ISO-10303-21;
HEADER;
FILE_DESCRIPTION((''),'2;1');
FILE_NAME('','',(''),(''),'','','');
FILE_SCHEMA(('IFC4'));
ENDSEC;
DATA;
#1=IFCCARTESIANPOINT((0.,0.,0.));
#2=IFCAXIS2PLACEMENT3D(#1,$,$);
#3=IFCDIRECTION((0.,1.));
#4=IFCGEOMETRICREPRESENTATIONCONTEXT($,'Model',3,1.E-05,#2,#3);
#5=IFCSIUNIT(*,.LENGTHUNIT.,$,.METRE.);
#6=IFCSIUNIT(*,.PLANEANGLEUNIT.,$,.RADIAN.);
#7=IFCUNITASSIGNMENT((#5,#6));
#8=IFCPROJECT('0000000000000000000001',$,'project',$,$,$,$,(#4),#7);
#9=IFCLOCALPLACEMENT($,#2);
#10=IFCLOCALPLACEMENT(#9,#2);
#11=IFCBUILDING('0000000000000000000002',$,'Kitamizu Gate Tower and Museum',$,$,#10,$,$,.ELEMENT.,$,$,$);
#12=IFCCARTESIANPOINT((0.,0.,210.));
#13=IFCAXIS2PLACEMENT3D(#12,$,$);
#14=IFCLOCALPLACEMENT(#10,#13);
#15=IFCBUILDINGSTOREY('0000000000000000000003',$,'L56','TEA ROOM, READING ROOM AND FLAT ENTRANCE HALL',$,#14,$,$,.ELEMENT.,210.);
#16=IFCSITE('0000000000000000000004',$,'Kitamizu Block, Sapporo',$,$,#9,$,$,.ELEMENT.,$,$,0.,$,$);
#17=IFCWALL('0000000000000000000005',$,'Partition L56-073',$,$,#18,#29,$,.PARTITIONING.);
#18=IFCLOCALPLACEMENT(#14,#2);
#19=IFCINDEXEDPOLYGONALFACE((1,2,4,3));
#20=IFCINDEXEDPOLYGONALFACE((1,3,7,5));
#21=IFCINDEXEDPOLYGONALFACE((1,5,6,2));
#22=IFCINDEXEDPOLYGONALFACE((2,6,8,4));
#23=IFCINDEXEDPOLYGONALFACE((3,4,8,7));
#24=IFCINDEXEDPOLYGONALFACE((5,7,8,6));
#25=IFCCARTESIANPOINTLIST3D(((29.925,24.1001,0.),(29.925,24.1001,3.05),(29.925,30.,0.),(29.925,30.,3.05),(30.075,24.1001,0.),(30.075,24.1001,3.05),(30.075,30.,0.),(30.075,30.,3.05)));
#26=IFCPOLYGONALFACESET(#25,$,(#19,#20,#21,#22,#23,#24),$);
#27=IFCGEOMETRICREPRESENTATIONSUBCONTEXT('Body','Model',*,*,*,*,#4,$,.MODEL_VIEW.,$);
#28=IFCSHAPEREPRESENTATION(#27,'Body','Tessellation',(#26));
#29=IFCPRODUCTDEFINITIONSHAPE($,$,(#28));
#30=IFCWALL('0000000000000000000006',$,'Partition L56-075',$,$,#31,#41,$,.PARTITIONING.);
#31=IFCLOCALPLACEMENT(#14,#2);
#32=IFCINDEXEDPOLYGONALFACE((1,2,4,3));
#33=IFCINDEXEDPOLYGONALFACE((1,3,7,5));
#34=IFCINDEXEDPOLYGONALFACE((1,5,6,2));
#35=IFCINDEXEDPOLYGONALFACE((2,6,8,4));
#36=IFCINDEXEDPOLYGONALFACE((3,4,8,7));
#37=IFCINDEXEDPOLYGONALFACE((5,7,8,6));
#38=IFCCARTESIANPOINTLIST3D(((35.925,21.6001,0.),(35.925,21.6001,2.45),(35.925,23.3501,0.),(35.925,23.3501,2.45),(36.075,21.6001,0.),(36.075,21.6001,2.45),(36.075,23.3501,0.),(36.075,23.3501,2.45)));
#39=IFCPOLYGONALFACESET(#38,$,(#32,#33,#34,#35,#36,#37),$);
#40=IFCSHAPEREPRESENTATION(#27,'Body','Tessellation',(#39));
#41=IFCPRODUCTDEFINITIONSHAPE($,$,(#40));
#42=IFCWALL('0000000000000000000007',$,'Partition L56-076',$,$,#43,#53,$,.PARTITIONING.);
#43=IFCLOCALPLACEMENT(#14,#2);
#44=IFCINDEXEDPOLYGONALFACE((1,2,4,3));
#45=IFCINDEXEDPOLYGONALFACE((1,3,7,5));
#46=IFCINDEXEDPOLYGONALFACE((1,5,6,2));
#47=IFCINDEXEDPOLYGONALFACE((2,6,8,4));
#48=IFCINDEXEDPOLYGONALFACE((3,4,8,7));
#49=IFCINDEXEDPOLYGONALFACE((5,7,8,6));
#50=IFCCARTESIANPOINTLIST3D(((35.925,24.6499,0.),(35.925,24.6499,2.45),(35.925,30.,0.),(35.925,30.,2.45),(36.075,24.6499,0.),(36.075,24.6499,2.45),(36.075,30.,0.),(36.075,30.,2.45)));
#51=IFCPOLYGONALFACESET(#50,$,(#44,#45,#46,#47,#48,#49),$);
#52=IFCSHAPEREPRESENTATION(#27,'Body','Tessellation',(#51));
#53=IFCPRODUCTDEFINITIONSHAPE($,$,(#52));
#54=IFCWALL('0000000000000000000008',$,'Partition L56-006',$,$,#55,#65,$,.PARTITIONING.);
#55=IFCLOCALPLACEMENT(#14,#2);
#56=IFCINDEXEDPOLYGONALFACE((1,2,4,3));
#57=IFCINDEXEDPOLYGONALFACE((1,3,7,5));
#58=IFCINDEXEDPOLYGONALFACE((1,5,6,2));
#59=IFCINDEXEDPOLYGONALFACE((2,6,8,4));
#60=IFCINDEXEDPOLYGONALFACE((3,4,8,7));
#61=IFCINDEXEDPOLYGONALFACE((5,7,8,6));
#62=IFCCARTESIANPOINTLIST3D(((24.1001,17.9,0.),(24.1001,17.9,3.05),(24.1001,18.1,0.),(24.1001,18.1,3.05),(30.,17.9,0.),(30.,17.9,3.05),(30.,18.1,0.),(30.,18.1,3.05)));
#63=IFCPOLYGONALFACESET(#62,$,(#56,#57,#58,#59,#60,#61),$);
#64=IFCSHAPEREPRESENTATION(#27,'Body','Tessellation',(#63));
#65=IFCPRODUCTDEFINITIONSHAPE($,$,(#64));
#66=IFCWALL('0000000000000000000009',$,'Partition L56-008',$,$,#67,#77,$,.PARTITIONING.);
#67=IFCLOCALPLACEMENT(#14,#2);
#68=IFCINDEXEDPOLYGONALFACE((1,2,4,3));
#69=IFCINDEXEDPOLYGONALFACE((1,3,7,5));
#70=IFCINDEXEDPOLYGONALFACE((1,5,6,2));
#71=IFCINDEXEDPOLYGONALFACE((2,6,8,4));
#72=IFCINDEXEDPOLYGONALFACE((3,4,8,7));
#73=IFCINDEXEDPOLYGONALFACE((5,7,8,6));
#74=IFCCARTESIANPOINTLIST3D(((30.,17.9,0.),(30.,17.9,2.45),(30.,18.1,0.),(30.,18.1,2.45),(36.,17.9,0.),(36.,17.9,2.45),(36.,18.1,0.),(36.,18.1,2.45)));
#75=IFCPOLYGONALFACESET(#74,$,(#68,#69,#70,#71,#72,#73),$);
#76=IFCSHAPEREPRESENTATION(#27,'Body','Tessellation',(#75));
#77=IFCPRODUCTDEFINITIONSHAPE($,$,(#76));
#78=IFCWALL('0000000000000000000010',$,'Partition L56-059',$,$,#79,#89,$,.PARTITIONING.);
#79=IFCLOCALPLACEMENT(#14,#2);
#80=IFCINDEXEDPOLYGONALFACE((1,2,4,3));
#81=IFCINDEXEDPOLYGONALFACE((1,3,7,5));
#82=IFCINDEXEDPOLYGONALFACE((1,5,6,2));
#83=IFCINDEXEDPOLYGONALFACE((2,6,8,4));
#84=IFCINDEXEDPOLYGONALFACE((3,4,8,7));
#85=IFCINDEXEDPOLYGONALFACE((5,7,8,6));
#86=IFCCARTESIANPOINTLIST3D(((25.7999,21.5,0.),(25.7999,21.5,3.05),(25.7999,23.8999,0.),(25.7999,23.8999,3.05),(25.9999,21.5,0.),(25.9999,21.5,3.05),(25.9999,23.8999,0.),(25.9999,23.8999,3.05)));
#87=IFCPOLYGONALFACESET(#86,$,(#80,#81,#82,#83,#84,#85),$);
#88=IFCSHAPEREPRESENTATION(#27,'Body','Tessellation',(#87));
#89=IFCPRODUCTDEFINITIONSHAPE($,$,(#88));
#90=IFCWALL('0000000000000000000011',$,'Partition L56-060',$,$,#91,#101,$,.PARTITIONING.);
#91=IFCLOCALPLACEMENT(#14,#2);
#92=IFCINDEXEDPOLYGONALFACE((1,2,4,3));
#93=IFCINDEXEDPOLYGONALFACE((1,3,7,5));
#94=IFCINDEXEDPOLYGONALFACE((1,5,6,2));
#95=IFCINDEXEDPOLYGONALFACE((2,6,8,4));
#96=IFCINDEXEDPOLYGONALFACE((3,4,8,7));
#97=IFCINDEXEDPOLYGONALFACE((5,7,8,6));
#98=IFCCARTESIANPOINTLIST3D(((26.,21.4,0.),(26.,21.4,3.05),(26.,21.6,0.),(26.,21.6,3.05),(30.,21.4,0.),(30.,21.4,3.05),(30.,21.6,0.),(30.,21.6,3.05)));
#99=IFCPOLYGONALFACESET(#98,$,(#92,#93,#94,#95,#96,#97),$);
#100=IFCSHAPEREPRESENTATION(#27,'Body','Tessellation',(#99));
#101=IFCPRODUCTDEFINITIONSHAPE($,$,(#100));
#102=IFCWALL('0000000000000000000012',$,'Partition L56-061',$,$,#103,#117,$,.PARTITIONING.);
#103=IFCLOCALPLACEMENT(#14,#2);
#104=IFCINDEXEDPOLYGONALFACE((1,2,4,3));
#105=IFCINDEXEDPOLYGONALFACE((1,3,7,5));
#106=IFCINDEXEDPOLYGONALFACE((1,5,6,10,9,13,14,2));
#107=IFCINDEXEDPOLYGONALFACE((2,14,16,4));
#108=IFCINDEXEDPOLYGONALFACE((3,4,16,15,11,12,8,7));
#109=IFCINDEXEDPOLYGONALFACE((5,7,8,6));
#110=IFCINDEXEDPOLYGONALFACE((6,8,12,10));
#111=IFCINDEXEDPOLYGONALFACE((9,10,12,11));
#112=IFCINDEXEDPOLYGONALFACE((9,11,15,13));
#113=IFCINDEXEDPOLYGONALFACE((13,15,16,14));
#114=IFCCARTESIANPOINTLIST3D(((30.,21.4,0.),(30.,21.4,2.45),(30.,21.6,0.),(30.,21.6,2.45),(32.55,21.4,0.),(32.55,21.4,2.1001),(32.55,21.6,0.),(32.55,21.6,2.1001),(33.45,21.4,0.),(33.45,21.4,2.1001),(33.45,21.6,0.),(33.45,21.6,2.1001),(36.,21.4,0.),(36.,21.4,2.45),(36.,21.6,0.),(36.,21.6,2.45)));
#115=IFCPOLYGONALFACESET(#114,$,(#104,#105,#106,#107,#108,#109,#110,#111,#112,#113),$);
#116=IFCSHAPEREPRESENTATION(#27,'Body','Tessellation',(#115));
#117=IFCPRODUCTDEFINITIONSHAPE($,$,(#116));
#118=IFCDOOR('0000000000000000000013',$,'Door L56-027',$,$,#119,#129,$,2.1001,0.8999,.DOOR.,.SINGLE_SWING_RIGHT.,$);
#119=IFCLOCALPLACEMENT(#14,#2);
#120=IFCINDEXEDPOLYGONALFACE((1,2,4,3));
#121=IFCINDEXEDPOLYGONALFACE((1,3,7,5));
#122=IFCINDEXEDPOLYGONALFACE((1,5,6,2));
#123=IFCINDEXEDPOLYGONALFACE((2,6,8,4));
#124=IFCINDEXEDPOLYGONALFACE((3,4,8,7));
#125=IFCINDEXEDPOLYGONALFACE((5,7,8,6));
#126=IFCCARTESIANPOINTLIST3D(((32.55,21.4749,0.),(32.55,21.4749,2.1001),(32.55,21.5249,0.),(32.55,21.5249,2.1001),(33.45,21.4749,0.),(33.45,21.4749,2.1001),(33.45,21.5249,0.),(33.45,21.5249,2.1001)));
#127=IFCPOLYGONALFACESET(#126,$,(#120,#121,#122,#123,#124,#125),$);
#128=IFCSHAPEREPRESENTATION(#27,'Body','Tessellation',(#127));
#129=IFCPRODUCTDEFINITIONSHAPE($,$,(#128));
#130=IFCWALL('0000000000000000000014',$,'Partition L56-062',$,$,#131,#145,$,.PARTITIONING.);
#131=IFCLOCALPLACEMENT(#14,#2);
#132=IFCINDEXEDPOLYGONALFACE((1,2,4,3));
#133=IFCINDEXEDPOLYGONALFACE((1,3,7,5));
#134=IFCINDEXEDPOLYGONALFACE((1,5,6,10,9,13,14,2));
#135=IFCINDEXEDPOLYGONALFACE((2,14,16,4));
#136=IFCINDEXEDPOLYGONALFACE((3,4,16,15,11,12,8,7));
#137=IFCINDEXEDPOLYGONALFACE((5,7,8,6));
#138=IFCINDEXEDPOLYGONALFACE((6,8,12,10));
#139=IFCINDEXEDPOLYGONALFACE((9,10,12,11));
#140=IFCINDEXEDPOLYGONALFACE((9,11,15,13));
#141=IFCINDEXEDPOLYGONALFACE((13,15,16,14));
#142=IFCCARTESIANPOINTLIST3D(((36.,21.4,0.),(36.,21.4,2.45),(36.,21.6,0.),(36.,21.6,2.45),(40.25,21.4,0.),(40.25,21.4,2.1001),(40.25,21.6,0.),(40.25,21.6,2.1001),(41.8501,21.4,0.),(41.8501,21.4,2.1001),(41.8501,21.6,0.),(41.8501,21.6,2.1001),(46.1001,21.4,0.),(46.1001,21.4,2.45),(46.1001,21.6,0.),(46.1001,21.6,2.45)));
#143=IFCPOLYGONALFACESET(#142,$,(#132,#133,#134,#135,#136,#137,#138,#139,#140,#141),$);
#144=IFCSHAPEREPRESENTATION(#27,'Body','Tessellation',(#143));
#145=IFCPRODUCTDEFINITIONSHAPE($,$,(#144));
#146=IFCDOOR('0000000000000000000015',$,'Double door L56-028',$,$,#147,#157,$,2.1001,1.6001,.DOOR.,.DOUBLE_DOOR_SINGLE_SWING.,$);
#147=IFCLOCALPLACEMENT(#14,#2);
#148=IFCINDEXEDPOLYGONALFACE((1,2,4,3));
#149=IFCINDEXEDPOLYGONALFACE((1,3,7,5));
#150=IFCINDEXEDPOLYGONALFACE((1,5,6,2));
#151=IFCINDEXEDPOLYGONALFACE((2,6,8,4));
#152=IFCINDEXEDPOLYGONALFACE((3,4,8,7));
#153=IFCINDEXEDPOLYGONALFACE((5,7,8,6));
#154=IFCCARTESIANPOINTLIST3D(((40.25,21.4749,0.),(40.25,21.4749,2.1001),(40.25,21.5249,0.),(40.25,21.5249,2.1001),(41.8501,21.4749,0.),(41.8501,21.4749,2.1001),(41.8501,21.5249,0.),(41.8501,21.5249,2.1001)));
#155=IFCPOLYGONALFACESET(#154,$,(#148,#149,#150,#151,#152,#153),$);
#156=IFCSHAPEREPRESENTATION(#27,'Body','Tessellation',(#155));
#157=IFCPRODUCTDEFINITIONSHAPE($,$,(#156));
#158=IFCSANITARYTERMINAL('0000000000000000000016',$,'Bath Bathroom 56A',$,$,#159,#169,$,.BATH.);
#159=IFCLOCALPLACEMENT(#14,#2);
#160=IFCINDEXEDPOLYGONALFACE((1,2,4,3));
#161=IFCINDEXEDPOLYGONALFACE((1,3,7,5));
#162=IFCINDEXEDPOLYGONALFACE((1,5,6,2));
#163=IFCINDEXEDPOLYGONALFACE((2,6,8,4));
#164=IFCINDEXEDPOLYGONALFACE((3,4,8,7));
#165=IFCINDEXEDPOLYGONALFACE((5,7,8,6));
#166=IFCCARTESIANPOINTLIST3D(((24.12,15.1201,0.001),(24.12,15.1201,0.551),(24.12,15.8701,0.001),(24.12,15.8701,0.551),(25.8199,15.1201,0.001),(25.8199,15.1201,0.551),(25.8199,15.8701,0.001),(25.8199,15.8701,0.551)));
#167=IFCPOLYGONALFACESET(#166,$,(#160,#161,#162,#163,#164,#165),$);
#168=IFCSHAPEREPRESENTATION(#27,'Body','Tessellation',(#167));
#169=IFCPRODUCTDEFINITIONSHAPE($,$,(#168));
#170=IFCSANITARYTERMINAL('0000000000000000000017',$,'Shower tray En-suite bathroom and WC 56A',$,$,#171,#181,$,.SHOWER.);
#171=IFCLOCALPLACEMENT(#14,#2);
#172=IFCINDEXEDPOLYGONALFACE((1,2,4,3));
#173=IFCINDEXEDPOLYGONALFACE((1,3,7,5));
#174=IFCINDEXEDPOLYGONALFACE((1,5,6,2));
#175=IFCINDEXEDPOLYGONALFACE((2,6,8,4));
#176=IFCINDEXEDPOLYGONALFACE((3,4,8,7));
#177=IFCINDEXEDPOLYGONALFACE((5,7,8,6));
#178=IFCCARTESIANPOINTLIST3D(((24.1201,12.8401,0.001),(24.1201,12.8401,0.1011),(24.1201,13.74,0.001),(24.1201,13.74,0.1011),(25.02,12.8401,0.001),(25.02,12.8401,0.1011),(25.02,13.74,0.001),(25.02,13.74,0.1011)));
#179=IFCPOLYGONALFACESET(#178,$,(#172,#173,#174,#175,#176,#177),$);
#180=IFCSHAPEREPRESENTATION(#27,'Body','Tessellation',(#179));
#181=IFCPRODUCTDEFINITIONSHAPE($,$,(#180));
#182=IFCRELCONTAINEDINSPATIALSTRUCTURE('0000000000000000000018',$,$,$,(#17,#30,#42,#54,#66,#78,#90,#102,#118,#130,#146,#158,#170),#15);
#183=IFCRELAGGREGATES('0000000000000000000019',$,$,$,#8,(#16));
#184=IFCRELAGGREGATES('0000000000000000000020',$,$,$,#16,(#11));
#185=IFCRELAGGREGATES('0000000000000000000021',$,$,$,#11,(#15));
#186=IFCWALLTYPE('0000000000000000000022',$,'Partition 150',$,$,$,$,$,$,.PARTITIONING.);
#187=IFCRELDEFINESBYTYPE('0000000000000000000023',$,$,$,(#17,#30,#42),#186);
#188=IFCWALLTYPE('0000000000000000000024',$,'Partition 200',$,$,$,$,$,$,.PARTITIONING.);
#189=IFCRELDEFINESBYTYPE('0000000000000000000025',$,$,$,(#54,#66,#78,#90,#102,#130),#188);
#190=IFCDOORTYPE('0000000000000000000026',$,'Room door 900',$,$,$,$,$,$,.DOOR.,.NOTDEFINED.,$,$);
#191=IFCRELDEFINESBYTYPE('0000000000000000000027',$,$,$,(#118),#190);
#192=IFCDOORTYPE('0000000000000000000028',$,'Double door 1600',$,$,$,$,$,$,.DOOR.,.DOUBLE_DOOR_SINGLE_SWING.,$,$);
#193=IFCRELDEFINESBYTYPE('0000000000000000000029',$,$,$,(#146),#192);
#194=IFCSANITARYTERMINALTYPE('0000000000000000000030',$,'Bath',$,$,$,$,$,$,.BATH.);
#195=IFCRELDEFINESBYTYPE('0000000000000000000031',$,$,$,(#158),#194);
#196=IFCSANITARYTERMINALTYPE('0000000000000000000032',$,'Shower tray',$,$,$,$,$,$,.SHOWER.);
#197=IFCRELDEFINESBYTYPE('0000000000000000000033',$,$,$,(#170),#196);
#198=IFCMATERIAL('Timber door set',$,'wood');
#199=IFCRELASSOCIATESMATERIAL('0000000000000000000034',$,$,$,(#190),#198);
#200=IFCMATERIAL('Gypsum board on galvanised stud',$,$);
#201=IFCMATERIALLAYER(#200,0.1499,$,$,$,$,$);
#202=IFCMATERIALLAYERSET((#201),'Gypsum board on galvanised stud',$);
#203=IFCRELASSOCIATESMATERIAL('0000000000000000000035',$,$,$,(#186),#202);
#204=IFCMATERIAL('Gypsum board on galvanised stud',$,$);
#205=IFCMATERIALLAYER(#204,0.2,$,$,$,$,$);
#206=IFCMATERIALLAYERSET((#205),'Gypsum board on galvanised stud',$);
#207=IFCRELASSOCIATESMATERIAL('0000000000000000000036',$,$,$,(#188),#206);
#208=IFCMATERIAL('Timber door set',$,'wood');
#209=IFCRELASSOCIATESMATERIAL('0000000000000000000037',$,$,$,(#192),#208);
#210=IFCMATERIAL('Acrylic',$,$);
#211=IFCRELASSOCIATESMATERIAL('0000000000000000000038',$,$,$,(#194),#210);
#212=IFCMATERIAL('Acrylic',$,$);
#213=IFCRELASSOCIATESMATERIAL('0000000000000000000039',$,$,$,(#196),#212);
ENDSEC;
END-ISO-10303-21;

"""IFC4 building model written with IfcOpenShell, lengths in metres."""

from ifc_helpers import new_model, si_unit, direction, frame, frame_2d, origin, origin_2d, place, context, subcontext, project, spatial, rectangle, extrude, material, layer, layer_set, type_object, element, fill, save


model = new_model("IFC4")

# Units and contexts
model_context = context("Model", 3, precision=1e-05, world=origin(), true_north=direction((0.0, 1.0)))
body_context = subcontext(model_context, "Body", "Model", "MODEL_VIEW")
ifc_project = project(units=[si_unit("LENGTHUNIT", "METRE"), si_unit("PLANEANGLEUNIT", "RADIAN")], contexts=[model_context])

# Site, building, storey
site_placement = place(None, origin())
site = spatial("IfcSite", under=ifc_project, at=site_placement, Name="Kitamizu Block, Sapporo", CompositionType="ELEMENT", RefElevation=0.0)
building_placement = place(site_placement, origin())
building = spatial("IfcBuilding", under=site, at=building_placement, Name="Kitamizu Gate Tower and Museum", CompositionType="ELEMENT")
storey_placement = place(building_placement, frame((0.0, 0.0, 210.0)))
storey = spatial("IfcBuildingStorey", under=building, at=storey_placement, Name="L56", Description="TEA ROOM, READING ROOM AND FLAT ENTRANCE HALL", CompositionType="ELEMENT", Elevation=210.0)

# Shared definitions
ifc_material_1 = material(Name="Timber door set", Category="wood")
door_type_1 = type_object("IfcDoorType", Name="Room door 900", OperationType="NOTDEFINED", PredefinedType="DOOR", material=ifc_material_1)

# Shared definitions
ifc_material_2 = material(Name="Gypsum board on galvanised stud")
ifc_layer_1 = layer(ifc_material_2, 0.1499)
ifc_layer_set_1 = layer_set([ifc_layer_1], Name="Gypsum board on galvanised stud")
wall_type_1 = type_object("IfcWallType", Name="Partition 150", PredefinedType="PARTITIONING", material=ifc_layer_set_1)

# Walls
wall_1_placement = place(storey_placement, frame((30.0, 24.1001, 0.0), z_axis=(0.0, 0.0, 1.0), x_axis=(0.0, 1.0, 0.0)))
element("IfcWall", 1, at=wall_1_placement, inside=storey, type_object=wall_type_1, Name="Partition L56-073", PredefinedType="PARTITIONING", context=body_context, shape_type="SweptSolid", body=[
    extrude(rectangle(XDim=5.8999, YDim=0.1499, at=frame_2d((2.95, 0.0))), origin(), (0.0, 0.0, 1.0), 3.05),
])
wall_2_placement = place(storey_placement, frame((36.0, 21.6001, 0.0), z_axis=(0.0, 0.0, 1.0), x_axis=(0.0, 1.0, 0.0)))
element("IfcWall", 2, at=wall_2_placement, inside=storey, type_object=wall_type_1, Name="Partition L56-075", PredefinedType="PARTITIONING", context=body_context, shape_type="SweptSolid", body=[
    extrude(rectangle(XDim=1.75, YDim=0.1499, at=frame_2d((0.875, 0.0))), origin(), (0.0, 0.0, 1.0), 2.45),
])
wall_3_placement = place(storey_placement, frame((36.0, 24.6499, 0.0), z_axis=(0.0, 0.0, 1.0), x_axis=(0.0, 1.0, 0.0)))
element("IfcWall", 3, at=wall_3_placement, inside=storey, type_object=wall_type_1, Name="Partition L56-076", PredefinedType="PARTITIONING", context=body_context, shape_type="SweptSolid", body=[
    extrude(rectangle(XDim=5.3501, YDim=0.1499, at=frame_2d((2.675, 0.0))), origin(), (0.0, 0.0, 1.0), 2.45),
])
ifc_material_3 = material(Name="Gypsum board on galvanised stud")
ifc_layer_2 = layer(ifc_material_3, 0.2)
ifc_layer_set_2 = layer_set([ifc_layer_2], Name="Gypsum board on galvanised stud")
wall_type_2 = type_object("IfcWallType", Name="Partition 200", PredefinedType="PARTITIONING", material=ifc_layer_set_2)
wall_4_placement = place(storey_placement, frame((30.0, 18.0, 0.0), z_axis=(0.0, 0.0, 1.0), x_axis=(-1.0, 0.0, 0.0)))
element("IfcWall", 4, at=wall_4_placement, inside=storey, type_object=wall_type_2, Name="Partition L56-006", PredefinedType="PARTITIONING", context=body_context, shape_type="SweptSolid", body=[
    extrude(rectangle(XDim=5.8999, YDim=0.2, at=frame_2d((2.95, 0.0))), origin(), (0.0, 0.0, 1.0), 3.05),
])
wall_5_placement = place(storey_placement, frame((36.0, 18.0, 0.0), z_axis=(0.0, 0.0, 1.0), x_axis=(-1.0, 0.0, 0.0)))
element("IfcWall", 5, at=wall_5_placement, inside=storey, type_object=wall_type_2, Name="Partition L56-008", PredefinedType="PARTITIONING", context=body_context, shape_type="SweptSolid", body=[
    extrude(rectangle(XDim=6.0, YDim=0.2, at=frame_2d((3.0, 0.0))), origin(), (0.0, 0.0, 1.0), 2.45),
])
wall_6_placement = place(storey_placement, frame((25.8999, 23.8999, 0.0), z_axis=(0.0, 0.0, 1.0), x_axis=(0.0, -1.0, 0.0)))
element("IfcWall", 6, at=wall_6_placement, inside=storey, type_object=wall_type_2, Name="Partition L56-059", PredefinedType="PARTITIONING", context=body_context, shape_type="SweptSolid", body=[
    extrude(rectangle(XDim=2.3999, YDim=0.2, at=frame_2d((1.2, 0.0))), origin(), (0.0, 0.0, 1.0), 3.05),
])
wall_7_placement = place(storey_placement, frame((26.0, 21.5, 0.0), z_axis=(0.0, 0.0, 1.0), x_axis=(1.0, 0.0, 0.0)))
element("IfcWall", 7, at=wall_7_placement, inside=storey, type_object=wall_type_2, Name="Partition L56-060", PredefinedType="PARTITIONING", context=body_context, shape_type="SweptSolid", body=[
    extrude(rectangle(XDim=4.0, YDim=0.2, at=frame_2d((2.0, 0.0))), origin(), (0.0, 0.0, 1.0), 3.05),
])

# Walls, openings, doors
wall_8_placement = place(storey_placement, frame((30.0, 21.5, 0.0), z_axis=(0.0, 0.0, 1.0), x_axis=(1.0, 0.0, 0.0)))
wall_8 = element("IfcWall", 8, at=wall_8_placement, inside=storey, type_object=wall_type_2, Name="Partition L56-061", PredefinedType="PARTITIONING", context=body_context, shape_type="SweptSolid", body=[
    extrude(rectangle(XDim=6.0, YDim=0.2, at=frame_2d((3.0, 0.0))), origin(), (0.0, 0.0, 1.0), 2.45),
])
opening_1_placement = place(wall_8_placement, frame((2.55, 0.0, 0.0)))
opening_1 = element("IfcOpeningElement", 9, at=opening_1_placement, cuts=wall_8, PredefinedType="OPENING", context=body_context, shape_type="SweptSolid", body=[
    extrude(rectangle(XDim=0.8999, YDim=2.1001, at=frame_2d((0.45, 1.05))), frame((0.0, 0.1099, 0.0), z_axis=(0.0, -1.0, 0.0), x_axis=(1.0, 0.0, 0.0)), (0.0, 0.0, 1.0), 0.22),
])
door_1_placement = place(opening_1_placement, origin())
door_1 = element("IfcDoor", 10, at=door_1_placement, inside=storey, type_object=door_type_1, Name="Door L56-027", OperationType="SINGLE_SWING_RIGHT", OverallHeight=2.1001, OverallWidth=0.8999, PredefinedType="DOOR", context=body_context, shape_type="SweptSolid", body=[
    extrude(rectangle(XDim=0.8999, YDim=2.1001, at=frame_2d((0.45, 1.05))), frame((0.0, 0.0249, 0.0), z_axis=(0.0, -1.0, 0.0), x_axis=(1.0, 0.0, 0.0)), (0.0, 0.0, 1.0), 0.05),
])
fill(opening_1, door_1)
wall_9_placement = place(storey_placement, frame((36.0, 21.5, 0.0), z_axis=(0.0, 0.0, 1.0), x_axis=(1.0, 0.0, 0.0)))
wall_9 = element("IfcWall", 11, at=wall_9_placement, inside=storey, type_object=wall_type_2, Name="Partition L56-062", PredefinedType="PARTITIONING", context=body_context, shape_type="SweptSolid", body=[
    extrude(rectangle(XDim=10.1001, YDim=0.2, at=frame_2d((5.05, 0.0))), origin(), (0.0, 0.0, 1.0), 2.45),
])
opening_2_placement = place(wall_9_placement, frame((4.25, 0.0, 0.0)))
opening_2 = element("IfcOpeningElement", 12, at=opening_2_placement, cuts=wall_9, PredefinedType="OPENING", context=body_context, shape_type="SweptSolid", body=[
    extrude(rectangle(XDim=1.6001, YDim=2.1001, at=frame_2d((0.8, 1.05))), frame((0.0, 0.1099, 0.0), z_axis=(0.0, -1.0, 0.0), x_axis=(1.0, 0.0, 0.0)), (0.0, 0.0, 1.0), 0.22),
])
ifc_material_4 = material(Name="Timber door set", Category="wood")
door_type_2 = type_object("IfcDoorType", Name="Double door 1600", OperationType="DOUBLE_DOOR_SINGLE_SWING", PredefinedType="DOOR", material=ifc_material_4)
door_2_placement = place(opening_2_placement, origin())
door_2 = element("IfcDoor", 13, at=door_2_placement, inside=storey, type_object=door_type_2, Name="Double door L56-028", OperationType="DOUBLE_DOOR_SINGLE_SWING", OverallHeight=2.1001, OverallWidth=1.6001, PredefinedType="DOOR", context=body_context, shape_type="SweptSolid", body=[
    extrude(rectangle(XDim=1.6001, YDim=2.1001, at=frame_2d((0.8, 1.05))), frame((0.0, 0.0249, 0.0), z_axis=(0.0, -1.0, 0.0), x_axis=(1.0, 0.0, 0.0)), (0.0, 0.0, 1.0), 0.05),
])
fill(opening_2, door_2)

# Sanitary terminals
ifc_material_5 = material(Name="Acrylic")
sanitary_terminal_type_1 = type_object("IfcSanitaryTerminalType", Name="Bath", PredefinedType="BATH", material=ifc_material_5)
sanitary_terminal_1_placement = place(storey_placement, frame((24.97, 15.4951, 0.001), z_axis=(0.0, 0.0, 1.0), x_axis=(1.0, 0.0, 0.0)))
element("IfcSanitaryTerminal", 14, at=sanitary_terminal_1_placement, inside=storey, type_object=sanitary_terminal_type_1, Name="Bath Bathroom 56A", PredefinedType="BATH", context=body_context, shape_type="SweptSolid", body=[
    extrude(rectangle(XDim=1.7, YDim=0.75, at=origin_2d()), origin(), (0.0, 0.0, 1.0), 0.55),
])
ifc_material_6 = material(Name="Acrylic")
sanitary_terminal_type_2 = type_object("IfcSanitaryTerminalType", Name="Shower tray", PredefinedType="SHOWER", material=ifc_material_6)
sanitary_terminal_2_placement = place(storey_placement, frame((24.5701, 13.29, 0.001), z_axis=(0.0, 0.0, 1.0), x_axis=(1.0, 0.0, 0.0)))
element("IfcSanitaryTerminal", 15, at=sanitary_terminal_2_placement, inside=storey, type_object=sanitary_terminal_type_2, Name="Shower tray En-suite bathroom and WC 56A", PredefinedType="SHOWER", context=body_context, shape_type="SweptSolid", body=[
    extrude(rectangle(XDim=0.8999, YDim=0.8999, at=origin_2d()), origin(), (0.0, 0.0, 1.0), 0.1001),
])

save(model, "model.ifc")
